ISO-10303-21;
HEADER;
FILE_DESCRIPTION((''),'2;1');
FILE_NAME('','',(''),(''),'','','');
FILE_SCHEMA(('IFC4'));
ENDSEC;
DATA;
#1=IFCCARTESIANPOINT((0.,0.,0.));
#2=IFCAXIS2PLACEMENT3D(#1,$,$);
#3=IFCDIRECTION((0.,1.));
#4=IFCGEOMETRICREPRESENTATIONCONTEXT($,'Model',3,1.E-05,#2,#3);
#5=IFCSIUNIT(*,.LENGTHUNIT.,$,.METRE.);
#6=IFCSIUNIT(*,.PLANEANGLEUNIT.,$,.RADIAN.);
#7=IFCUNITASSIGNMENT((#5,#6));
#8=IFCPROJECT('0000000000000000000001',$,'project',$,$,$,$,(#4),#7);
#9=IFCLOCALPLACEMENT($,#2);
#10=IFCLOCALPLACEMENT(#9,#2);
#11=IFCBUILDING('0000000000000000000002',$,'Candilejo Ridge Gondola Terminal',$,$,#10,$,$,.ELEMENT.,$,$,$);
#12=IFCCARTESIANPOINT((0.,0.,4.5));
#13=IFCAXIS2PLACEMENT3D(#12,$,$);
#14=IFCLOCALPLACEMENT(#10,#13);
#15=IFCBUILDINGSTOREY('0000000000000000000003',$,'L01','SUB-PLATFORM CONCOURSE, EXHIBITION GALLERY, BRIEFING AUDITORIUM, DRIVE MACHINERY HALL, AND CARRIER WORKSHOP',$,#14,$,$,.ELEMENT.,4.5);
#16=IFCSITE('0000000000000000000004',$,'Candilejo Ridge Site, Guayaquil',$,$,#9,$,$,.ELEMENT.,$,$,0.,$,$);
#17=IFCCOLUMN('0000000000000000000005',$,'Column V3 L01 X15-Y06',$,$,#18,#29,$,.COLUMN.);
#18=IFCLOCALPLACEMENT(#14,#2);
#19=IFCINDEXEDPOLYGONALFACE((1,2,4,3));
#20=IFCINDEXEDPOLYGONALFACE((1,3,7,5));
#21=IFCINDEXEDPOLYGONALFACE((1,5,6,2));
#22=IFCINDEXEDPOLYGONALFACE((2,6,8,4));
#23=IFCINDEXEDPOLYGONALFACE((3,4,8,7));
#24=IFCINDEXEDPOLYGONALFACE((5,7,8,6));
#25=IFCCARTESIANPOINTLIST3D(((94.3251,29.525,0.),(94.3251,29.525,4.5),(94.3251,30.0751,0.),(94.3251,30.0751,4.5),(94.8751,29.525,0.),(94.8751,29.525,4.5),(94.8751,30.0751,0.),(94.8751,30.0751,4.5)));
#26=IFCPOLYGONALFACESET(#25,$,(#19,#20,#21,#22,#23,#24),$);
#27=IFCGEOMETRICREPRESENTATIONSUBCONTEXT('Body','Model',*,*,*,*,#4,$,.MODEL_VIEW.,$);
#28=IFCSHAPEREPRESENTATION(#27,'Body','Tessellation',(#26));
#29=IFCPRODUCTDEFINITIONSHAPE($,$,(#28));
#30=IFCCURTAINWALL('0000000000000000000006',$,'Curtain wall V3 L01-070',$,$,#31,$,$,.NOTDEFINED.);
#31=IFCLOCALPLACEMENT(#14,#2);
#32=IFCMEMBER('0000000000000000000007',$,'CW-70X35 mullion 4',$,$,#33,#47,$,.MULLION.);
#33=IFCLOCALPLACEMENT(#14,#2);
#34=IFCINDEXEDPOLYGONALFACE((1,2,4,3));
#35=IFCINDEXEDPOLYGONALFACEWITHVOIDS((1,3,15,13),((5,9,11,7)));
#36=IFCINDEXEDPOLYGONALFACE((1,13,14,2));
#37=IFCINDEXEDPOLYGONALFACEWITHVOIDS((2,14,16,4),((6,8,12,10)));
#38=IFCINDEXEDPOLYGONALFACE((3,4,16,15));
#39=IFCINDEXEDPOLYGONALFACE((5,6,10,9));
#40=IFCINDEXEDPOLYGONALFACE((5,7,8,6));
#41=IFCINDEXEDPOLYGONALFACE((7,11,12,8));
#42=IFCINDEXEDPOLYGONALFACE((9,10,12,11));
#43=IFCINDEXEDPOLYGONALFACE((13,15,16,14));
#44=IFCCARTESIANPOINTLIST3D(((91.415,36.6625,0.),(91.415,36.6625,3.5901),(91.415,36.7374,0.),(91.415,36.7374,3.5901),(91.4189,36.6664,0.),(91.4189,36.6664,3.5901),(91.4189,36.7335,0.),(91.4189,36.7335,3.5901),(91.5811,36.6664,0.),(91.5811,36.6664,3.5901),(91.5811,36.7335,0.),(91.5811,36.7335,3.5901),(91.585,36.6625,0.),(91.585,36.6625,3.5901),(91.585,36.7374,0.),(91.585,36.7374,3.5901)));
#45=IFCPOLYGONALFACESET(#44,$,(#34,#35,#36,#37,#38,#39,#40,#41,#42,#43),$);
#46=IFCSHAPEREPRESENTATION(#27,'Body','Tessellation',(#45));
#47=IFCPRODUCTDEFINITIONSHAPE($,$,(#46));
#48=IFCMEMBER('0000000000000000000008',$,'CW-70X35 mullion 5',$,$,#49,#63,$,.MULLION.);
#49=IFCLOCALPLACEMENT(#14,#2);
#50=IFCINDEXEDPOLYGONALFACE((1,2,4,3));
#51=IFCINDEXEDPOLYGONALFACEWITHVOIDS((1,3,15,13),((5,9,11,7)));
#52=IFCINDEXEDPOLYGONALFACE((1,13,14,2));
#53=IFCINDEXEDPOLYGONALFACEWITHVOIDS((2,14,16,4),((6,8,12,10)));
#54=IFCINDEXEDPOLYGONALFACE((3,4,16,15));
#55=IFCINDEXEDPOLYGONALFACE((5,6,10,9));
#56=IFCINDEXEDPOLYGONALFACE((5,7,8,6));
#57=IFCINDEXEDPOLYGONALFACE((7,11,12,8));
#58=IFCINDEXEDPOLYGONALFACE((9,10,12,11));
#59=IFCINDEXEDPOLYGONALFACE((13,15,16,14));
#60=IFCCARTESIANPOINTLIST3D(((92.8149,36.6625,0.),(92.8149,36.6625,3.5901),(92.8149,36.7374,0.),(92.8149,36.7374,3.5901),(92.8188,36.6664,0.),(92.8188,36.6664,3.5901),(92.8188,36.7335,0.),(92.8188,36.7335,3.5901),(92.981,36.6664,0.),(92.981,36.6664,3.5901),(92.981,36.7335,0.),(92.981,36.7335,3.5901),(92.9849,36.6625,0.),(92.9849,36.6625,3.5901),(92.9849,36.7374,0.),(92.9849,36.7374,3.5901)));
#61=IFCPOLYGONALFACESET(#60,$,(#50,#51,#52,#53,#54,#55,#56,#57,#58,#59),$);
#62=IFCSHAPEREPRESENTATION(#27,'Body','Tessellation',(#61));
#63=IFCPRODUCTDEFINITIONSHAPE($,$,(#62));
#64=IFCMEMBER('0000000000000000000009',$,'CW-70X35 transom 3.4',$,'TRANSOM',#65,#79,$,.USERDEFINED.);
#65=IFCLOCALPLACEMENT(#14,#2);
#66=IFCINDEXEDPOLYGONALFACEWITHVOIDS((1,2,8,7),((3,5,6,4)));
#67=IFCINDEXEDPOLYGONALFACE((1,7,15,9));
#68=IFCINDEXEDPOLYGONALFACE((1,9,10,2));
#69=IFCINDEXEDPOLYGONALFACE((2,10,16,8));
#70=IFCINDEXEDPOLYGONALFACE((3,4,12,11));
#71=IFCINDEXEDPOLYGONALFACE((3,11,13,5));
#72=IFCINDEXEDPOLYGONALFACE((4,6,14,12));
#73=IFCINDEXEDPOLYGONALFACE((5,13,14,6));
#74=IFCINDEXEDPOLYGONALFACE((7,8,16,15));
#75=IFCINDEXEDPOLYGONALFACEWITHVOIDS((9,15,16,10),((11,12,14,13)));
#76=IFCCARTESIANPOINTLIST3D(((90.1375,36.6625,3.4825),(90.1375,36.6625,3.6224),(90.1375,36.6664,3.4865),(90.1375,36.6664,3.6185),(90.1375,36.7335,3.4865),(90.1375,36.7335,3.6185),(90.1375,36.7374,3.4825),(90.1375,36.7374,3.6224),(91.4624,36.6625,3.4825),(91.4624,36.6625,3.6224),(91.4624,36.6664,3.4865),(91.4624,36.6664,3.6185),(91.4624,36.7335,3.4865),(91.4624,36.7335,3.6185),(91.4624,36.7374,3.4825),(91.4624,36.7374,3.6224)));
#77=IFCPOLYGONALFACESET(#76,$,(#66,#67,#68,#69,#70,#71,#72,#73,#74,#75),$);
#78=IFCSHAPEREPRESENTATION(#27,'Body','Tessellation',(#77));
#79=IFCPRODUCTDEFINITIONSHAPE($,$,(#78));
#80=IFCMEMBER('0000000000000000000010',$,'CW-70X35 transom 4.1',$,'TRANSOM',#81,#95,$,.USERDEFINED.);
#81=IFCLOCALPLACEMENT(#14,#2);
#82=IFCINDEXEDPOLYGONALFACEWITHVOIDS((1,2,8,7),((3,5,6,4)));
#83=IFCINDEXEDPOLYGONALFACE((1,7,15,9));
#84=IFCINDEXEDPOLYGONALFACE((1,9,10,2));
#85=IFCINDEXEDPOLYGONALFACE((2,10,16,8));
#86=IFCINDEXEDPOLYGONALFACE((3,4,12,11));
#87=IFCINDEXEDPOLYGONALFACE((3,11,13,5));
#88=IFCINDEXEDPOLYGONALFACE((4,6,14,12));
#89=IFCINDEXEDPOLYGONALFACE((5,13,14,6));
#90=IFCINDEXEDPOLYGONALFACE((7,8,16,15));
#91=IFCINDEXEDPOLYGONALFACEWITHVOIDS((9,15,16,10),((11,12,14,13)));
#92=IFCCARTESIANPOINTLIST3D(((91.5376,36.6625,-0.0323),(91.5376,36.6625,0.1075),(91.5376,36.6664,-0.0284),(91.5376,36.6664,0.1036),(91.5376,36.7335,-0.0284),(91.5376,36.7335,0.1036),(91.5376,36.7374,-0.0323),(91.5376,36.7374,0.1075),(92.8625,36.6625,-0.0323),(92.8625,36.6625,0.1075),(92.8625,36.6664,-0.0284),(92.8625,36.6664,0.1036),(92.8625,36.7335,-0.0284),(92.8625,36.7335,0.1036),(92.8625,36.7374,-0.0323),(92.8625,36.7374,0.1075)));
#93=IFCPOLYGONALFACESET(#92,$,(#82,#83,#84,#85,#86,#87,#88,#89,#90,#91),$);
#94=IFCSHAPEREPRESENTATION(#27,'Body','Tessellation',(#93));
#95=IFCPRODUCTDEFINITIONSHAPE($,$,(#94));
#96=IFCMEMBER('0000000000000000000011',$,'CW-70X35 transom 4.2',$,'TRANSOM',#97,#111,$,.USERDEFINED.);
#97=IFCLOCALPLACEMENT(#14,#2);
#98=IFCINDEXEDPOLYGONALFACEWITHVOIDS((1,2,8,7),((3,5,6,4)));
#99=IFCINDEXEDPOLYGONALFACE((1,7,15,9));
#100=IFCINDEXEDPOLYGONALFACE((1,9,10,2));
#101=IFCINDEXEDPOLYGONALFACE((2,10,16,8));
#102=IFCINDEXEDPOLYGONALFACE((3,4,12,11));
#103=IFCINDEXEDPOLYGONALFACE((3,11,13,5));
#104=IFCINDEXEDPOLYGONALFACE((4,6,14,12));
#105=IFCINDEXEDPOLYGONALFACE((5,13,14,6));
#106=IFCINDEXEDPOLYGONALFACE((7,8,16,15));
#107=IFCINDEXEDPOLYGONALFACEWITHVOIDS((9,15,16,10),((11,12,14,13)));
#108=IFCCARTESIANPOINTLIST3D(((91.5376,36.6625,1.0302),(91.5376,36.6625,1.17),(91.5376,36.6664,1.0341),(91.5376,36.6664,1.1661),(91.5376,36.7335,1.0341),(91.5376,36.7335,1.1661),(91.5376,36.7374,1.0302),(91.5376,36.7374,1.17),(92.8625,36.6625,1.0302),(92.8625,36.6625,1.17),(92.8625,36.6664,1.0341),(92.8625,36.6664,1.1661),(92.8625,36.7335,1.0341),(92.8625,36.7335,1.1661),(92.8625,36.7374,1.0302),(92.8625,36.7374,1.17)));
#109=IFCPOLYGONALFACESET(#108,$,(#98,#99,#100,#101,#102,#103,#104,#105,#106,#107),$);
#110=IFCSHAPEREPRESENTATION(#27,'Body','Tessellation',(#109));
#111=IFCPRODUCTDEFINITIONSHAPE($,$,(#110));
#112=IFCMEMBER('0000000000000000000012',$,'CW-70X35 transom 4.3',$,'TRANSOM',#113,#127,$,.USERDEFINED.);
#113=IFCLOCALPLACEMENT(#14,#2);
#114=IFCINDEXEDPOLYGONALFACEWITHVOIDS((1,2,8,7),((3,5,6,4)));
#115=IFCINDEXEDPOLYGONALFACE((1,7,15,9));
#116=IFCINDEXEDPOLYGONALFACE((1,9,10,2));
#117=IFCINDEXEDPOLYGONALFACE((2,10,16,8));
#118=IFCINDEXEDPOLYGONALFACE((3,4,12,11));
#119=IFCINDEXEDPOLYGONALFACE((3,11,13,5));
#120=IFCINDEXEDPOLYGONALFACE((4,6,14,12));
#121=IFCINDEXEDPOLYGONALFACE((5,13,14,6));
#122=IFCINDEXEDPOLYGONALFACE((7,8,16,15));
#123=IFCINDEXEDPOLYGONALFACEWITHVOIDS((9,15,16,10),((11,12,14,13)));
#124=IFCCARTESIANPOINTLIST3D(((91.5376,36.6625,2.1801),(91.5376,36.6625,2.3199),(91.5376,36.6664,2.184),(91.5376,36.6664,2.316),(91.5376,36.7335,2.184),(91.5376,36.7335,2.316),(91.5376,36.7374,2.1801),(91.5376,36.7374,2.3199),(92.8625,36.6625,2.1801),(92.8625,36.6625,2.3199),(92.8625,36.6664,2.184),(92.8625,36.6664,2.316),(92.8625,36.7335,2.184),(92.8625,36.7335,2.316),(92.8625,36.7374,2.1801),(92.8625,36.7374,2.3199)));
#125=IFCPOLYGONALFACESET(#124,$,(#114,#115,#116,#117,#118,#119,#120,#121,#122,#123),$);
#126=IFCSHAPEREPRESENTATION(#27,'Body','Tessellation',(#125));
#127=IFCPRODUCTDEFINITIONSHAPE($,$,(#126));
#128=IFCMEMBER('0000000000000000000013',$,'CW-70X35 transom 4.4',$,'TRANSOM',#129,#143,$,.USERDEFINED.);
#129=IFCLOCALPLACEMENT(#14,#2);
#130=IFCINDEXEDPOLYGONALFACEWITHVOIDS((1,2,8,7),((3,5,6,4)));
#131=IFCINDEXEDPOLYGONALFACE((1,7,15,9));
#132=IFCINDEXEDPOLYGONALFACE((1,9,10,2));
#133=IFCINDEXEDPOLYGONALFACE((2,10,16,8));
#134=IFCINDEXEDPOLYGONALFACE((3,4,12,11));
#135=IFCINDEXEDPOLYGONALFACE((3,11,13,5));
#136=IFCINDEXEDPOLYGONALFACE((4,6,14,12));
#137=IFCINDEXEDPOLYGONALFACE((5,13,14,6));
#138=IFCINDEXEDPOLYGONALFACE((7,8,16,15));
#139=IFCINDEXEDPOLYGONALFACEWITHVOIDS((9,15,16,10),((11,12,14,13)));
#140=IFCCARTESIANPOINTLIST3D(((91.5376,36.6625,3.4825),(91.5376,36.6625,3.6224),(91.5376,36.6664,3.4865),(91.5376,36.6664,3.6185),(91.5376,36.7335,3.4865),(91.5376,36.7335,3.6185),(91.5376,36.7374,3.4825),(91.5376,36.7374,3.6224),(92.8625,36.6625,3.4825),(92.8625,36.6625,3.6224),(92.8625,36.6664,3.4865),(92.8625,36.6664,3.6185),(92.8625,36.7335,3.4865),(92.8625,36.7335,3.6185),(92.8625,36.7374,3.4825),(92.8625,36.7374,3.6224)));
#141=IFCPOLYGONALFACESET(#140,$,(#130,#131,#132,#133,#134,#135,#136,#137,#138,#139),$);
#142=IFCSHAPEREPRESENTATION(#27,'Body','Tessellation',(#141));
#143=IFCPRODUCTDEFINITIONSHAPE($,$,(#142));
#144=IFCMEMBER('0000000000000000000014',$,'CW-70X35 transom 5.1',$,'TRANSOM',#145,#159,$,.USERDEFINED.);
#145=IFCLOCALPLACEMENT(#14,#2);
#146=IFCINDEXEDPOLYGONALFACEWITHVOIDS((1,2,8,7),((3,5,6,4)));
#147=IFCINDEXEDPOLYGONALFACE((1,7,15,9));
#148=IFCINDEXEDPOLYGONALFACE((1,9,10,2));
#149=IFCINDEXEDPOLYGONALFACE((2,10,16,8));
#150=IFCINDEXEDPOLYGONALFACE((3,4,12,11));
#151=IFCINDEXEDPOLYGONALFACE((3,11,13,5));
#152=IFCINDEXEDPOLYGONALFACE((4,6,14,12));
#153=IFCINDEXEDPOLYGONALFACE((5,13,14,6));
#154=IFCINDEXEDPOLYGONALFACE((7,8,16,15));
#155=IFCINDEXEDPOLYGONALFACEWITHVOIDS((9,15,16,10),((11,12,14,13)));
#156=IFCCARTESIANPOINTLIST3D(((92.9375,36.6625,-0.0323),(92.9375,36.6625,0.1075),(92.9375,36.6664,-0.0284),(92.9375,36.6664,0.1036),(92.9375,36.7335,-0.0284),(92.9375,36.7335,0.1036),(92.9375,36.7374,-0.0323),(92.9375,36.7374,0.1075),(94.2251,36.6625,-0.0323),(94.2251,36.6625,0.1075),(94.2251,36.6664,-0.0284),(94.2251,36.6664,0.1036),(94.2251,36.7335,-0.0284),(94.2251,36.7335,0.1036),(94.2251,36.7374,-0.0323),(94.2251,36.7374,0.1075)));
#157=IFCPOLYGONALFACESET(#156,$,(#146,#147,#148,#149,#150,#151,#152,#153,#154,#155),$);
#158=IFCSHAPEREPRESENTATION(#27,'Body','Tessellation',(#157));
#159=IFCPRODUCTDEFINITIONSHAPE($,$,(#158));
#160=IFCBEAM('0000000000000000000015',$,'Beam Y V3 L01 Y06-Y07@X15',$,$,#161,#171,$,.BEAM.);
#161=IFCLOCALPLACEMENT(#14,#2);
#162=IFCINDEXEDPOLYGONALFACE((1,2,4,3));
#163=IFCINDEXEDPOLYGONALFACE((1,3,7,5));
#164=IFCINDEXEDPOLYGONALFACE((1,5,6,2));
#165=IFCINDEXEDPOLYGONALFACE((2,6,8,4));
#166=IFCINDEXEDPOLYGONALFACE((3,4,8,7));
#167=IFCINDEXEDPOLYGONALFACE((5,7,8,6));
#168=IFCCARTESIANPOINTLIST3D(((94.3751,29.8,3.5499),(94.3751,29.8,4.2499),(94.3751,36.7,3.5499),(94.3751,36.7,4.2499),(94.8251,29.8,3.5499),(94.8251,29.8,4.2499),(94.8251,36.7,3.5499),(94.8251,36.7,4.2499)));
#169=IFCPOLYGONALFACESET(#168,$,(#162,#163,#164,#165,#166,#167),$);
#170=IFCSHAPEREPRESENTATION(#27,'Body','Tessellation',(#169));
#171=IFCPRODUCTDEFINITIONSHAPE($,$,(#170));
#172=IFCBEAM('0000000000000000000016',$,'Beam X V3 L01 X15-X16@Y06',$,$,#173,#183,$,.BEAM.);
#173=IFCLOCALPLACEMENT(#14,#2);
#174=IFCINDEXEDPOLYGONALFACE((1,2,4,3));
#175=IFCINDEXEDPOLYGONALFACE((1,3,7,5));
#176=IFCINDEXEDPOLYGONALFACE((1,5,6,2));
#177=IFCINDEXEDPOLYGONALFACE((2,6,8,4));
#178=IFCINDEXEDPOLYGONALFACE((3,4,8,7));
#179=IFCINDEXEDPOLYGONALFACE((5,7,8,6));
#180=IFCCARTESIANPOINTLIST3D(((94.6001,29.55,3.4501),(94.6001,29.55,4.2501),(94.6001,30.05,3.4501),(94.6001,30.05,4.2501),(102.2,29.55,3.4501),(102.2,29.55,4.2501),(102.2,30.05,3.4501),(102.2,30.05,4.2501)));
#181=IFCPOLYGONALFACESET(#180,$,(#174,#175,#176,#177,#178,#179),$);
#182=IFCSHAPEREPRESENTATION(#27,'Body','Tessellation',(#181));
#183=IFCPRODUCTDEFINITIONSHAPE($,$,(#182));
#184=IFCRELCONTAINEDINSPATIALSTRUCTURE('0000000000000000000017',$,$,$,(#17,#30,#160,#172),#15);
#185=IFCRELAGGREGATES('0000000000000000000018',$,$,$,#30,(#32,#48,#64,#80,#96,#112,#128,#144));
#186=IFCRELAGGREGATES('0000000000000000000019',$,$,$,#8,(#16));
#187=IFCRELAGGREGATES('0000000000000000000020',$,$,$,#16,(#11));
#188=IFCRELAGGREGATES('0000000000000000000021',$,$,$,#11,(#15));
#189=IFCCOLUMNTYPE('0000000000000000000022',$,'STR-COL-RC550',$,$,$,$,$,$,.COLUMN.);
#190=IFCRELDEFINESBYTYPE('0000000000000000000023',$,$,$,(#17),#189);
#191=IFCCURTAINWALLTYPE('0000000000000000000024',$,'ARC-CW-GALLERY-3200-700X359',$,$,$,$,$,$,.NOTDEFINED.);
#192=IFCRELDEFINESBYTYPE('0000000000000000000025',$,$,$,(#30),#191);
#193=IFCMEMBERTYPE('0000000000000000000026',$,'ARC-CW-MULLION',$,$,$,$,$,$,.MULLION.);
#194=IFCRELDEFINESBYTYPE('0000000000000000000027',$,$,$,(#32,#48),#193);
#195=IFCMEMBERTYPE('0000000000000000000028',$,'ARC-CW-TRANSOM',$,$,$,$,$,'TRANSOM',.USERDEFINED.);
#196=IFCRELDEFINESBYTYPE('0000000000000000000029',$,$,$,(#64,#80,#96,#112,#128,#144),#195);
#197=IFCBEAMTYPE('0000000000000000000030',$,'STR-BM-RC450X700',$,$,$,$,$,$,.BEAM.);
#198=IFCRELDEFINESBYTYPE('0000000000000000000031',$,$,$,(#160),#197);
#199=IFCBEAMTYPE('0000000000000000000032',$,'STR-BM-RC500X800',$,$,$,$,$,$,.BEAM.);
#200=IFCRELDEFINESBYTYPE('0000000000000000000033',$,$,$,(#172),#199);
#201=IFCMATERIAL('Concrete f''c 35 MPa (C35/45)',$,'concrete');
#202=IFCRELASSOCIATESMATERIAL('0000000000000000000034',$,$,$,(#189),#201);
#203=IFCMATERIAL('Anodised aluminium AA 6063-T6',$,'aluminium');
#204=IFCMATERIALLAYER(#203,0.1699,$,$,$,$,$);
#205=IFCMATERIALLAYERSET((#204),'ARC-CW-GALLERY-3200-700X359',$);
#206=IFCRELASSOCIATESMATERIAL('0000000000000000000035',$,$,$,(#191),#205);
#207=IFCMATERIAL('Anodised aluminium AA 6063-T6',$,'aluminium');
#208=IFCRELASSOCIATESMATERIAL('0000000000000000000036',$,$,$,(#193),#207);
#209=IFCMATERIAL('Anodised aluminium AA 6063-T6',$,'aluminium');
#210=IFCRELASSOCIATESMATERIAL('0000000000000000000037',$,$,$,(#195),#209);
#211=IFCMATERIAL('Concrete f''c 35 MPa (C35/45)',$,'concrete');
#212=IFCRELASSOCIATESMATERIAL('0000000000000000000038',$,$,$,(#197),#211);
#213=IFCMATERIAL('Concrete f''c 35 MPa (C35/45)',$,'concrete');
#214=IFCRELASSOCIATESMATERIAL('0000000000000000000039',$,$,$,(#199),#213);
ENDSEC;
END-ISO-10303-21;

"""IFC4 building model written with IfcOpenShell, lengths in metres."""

from ifc_helpers import new_model, si_unit, direction, frame, origin, origin_2d, place, context, subcontext, project, spatial, rectangle, hollow_rectangle, extrude, material, layer, layer_set, material_profile, profile_set, type_object, element, aggregate, save


model = new_model("IFC4")

# Units and contexts
model_context = context("Model", 3, precision=1e-05, world=origin(), true_north=direction((0.0, 1.0)))
body_context = subcontext(model_context, "Body", "Model", "MODEL_VIEW")
ifc_project = project(units=[si_unit("LENGTHUNIT", "METRE"), si_unit("PLANEANGLEUNIT", "RADIAN")], contexts=[model_context])

# Site, building, storey
site_placement = place(None, origin())
site = spatial("IfcSite", under=ifc_project, at=site_placement, Name="Candilejo Ridge Site, Guayaquil", CompositionType="ELEMENT", RefElevation=0.0)
building_placement = place(site_placement, origin())
building = spatial("IfcBuilding", under=site, at=building_placement, Name="Candilejo Ridge Gondola Terminal", CompositionType="ELEMENT")
storey_placement = place(building_placement, frame((0.0, 0.0, 4.5)))
storey = spatial("IfcBuildingStorey", under=building, at=storey_placement, Name="L01", Description="SUB-PLATFORM CONCOURSE, EXHIBITION GALLERY, BRIEFING AUDITORIUM, DRIVE MACHINERY HALL, AND CARRIER WORKSHOP", CompositionType="ELEMENT", Elevation=4.5)

# Column
ifc_material_1 = material(Name="Concrete f'c 35 MPa (C35/45)", Category="concrete")
ifc_material_profile_1 = material_profile(ifc_material_1, rectangle(XDim=0.55, YDim=0.55, at=origin_2d()))
ifc_profile_set_1 = profile_set([ifc_material_profile_1], Name="Concrete f'c 35 MPa (C35/45)")
column_type = type_object("IfcColumnType", Name="STR-COL-RC550", PredefinedType="COLUMN", material=ifc_profile_set_1)
column_placement = place(storey_placement, frame((94.6001, 29.8, 0.0), z_axis=(0.0, 0.0, 1.0), x_axis=(1.0, 0.0, 0.0)))
element("IfcColumn", 1, at=column_placement, inside=storey, type_object=column_type, Name="Column V3 L01 X15-Y06", PredefinedType="COLUMN", context=body_context, shape_type="SweptSolid", body=[
    extrude(rectangle(XDim=0.55, YDim=0.55, at=origin_2d()), origin(), (0.0, 0.0, 1.0), 4.5),
])

# Curtain wall, members
ifc_material_2 = material(Name="Anodised aluminium AA 6063-T6", Category="aluminium")
ifc_layer_1 = layer(ifc_material_2, 0.1699)
ifc_layer_set_1 = layer_set([ifc_layer_1], Name="ARC-CW-GALLERY-3200-700X359")
curtain_wall_type = type_object("IfcCurtainWallType", Name="ARC-CW-GALLERY-3200-700X359", PredefinedType="NOTDEFINED", material=ifc_layer_set_1)
curtain_wall_placement = place(storey_placement, origin())
curtain_wall = element("IfcCurtainWall", 2, at=curtain_wall_placement, inside=storey, type_object=curtain_wall_type, Name="Curtain wall V3 L01-070", PredefinedType="NOTDEFINED")
ifc_material_3 = material(Name="Anodised aluminium AA 6063-T6", Category="aluminium")
ifc_material_profile_2 = material_profile(ifc_material_3, hollow_rectangle(XDim=0.075, YDim=0.1699, WallThickness=0.0039, at=origin_2d()))
ifc_profile_set_2 = profile_set([ifc_material_profile_2], Name="Anodised aluminium AA 6063-T6")
member_type_1 = type_object("IfcMemberType", Name="ARC-CW-MULLION", PredefinedType="MULLION", material=ifc_profile_set_2)
member_1_placement = place(storey_placement, frame((91.5, 36.7, 0.0), z_axis=(0.0, 0.0, 1.0), x_axis=(0.0, 1.0, 0.0)))
member_1 = element("IfcMember", 3, at=member_1_placement, type_object=member_type_1, Name="CW-70X35 mullion 4", PredefinedType="MULLION", context=body_context, shape_type="SweptSolid", body=[
    extrude(hollow_rectangle(XDim=0.075, YDim=0.1699, WallThickness=0.0039, at=origin_2d()), origin(), (0.0, 0.0, 1.0), 3.5901),
])
member_2_placement = place(storey_placement, frame((92.8999, 36.7, 0.0), z_axis=(0.0, 0.0, 1.0), x_axis=(0.0, 1.0, 0.0)))
member_2 = element("IfcMember", 4, at=member_2_placement, type_object=member_type_1, Name="CW-70X35 mullion 5", PredefinedType="MULLION", context=body_context, shape_type="SweptSolid", body=[
    extrude(hollow_rectangle(XDim=0.075, YDim=0.1699, WallThickness=0.0039, at=origin_2d()), origin(), (0.0, 0.0, 1.0), 3.5901),
])
ifc_material_4 = material(Name="Anodised aluminium AA 6063-T6", Category="aluminium")
ifc_material_profile_3 = material_profile(ifc_material_4, hollow_rectangle(XDim=0.075, YDim=0.1399, WallThickness=0.0039, at=origin_2d()))
ifc_profile_set_3 = profile_set([ifc_material_profile_3], Name="Anodised aluminium AA 6063-T6")
member_type_2 = type_object("IfcMemberType", Name="ARC-CW-TRANSOM", ElementType="TRANSOM", PredefinedType="USERDEFINED", material=ifc_profile_set_3)
member_3_placement = place(storey_placement, frame((90.1375, 36.7, 3.5525), z_axis=(1.0, 0.0, 0.0), x_axis=(0.0, 1.0, 0.0)))
member_3 = element("IfcMember", 5, at=member_3_placement, type_object=member_type_2, Name="CW-70X35 transom 3.4", ObjectType="TRANSOM", PredefinedType="USERDEFINED", context=body_context, shape_type="SweptSolid", body=[
    extrude(hollow_rectangle(XDim=0.075, YDim=0.1399, WallThickness=0.0039, at=origin_2d()), origin(), (0.0, 0.0, 1.0), 1.325),
])
member_4_placement = place(storey_placement, frame((91.5376, 36.7, 0.0376), z_axis=(1.0, 0.0, 0.0), x_axis=(0.0, 1.0, 0.0)))
member_4 = element("IfcMember", 6, at=member_4_placement, type_object=member_type_2, Name="CW-70X35 transom 4.1", ObjectType="TRANSOM", PredefinedType="USERDEFINED", context=body_context, shape_type="SweptSolid", body=[
    extrude(hollow_rectangle(XDim=0.075, YDim=0.1399, WallThickness=0.0039, at=origin_2d()), origin(), (0.0, 0.0, 1.0), 1.325),
])
member_5_placement = place(storey_placement, frame((91.5376, 36.7, 1.1001), z_axis=(1.0, 0.0, 0.0), x_axis=(0.0, 1.0, 0.0)))
member_5 = element("IfcMember", 7, at=member_5_placement, type_object=member_type_2, Name="CW-70X35 transom 4.2", ObjectType="TRANSOM", PredefinedType="USERDEFINED", context=body_context, shape_type="SweptSolid", body=[
    extrude(hollow_rectangle(XDim=0.075, YDim=0.1399, WallThickness=0.0039, at=origin_2d()), origin(), (0.0, 0.0, 1.0), 1.325),
])
member_6_placement = place(storey_placement, frame((91.5376, 36.7, 2.25), z_axis=(1.0, 0.0, 0.0), x_axis=(0.0, 1.0, 0.0)))
member_6 = element("IfcMember", 8, at=member_6_placement, type_object=member_type_2, Name="CW-70X35 transom 4.3", ObjectType="TRANSOM", PredefinedType="USERDEFINED", context=body_context, shape_type="SweptSolid", body=[
    extrude(hollow_rectangle(XDim=0.075, YDim=0.1399, WallThickness=0.0039, at=origin_2d()), origin(), (0.0, 0.0, 1.0), 1.325),
])
member_7_placement = place(storey_placement, frame((91.5376, 36.7, 3.5525), z_axis=(1.0, 0.0, 0.0), x_axis=(0.0, 1.0, 0.0)))
member_7 = element("IfcMember", 9, at=member_7_placement, type_object=member_type_2, Name="CW-70X35 transom 4.4", ObjectType="TRANSOM", PredefinedType="USERDEFINED", context=body_context, shape_type="SweptSolid", body=[
    extrude(hollow_rectangle(XDim=0.075, YDim=0.1399, WallThickness=0.0039, at=origin_2d()), origin(), (0.0, 0.0, 1.0), 1.325),
])
member_8_placement = place(storey_placement, frame((92.9375, 36.7, 0.0376), z_axis=(1.0, 0.0, 0.0), x_axis=(0.0, 1.0, 0.0)))
member_8 = element("IfcMember", 10, at=member_8_placement, type_object=member_type_2, Name="CW-70X35 transom 5.1", ObjectType="TRANSOM", PredefinedType="USERDEFINED", context=body_context, shape_type="SweptSolid", body=[
    extrude(hollow_rectangle(XDim=0.075, YDim=0.1399, WallThickness=0.0039, at=origin_2d()), origin(), (0.0, 0.0, 1.0), 1.2876),
])

# Beams
ifc_material_5 = material(Name="Concrete f'c 35 MPa (C35/45)", Category="concrete")
ifc_material_profile_4 = material_profile(ifc_material_5, rectangle(XDim=0.45, YDim=0.7, at=origin_2d()))
ifc_profile_set_4 = profile_set([ifc_material_profile_4], Name="Concrete f'c 35 MPa (C35/45)")
beam_type_1 = type_object("IfcBeamType", Name="STR-BM-RC450X700", PredefinedType="BEAM", material=ifc_profile_set_4)
beam_1_placement = place(storey_placement, frame((94.6001, 29.8, 3.8999), z_axis=(0.0, 1.0, 0.0), x_axis=(-1.0, 0.0, 0.0)))
element("IfcBeam", 11, at=beam_1_placement, inside=storey, type_object=beam_type_1, Name="Beam Y V3 L01 Y06-Y07@X15", PredefinedType="BEAM", context=body_context, shape_type="SweptSolid", body=[
    extrude(rectangle(XDim=0.45, YDim=0.7, at=origin_2d()), origin(), (0.0, 0.0, 1.0), 6.8999),
])
ifc_material_6 = material(Name="Concrete f'c 35 MPa (C35/45)", Category="concrete")
ifc_material_profile_5 = material_profile(ifc_material_6, rectangle(XDim=0.5, YDim=0.8, at=origin_2d()))
ifc_profile_set_5 = profile_set([ifc_material_profile_5], Name="Concrete f'c 35 MPa (C35/45)")
beam_type_2 = type_object("IfcBeamType", Name="STR-BM-RC500X800", PredefinedType="BEAM", material=ifc_profile_set_5)
beam_2_placement = place(storey_placement, frame((94.6001, 29.8, 3.8501), z_axis=(1.0, 0.0, 0.0), x_axis=(0.0, 1.0, 0.0)))
element("IfcBeam", 12, at=beam_2_placement, inside=storey, type_object=beam_type_2, Name="Beam X V3 L01 X15-X16@Y06", PredefinedType="BEAM", context=body_context, shape_type="SweptSolid", body=[
    extrude(rectangle(XDim=0.5, YDim=0.8, at=origin_2d()), origin(), (0.0, 0.0, 1.0), 7.5999),
])

aggregate(curtain_wall, [member_1, member_2, member_3, member_4, member_5, member_6, member_7, member_8])

save(model, "model.ifc")
